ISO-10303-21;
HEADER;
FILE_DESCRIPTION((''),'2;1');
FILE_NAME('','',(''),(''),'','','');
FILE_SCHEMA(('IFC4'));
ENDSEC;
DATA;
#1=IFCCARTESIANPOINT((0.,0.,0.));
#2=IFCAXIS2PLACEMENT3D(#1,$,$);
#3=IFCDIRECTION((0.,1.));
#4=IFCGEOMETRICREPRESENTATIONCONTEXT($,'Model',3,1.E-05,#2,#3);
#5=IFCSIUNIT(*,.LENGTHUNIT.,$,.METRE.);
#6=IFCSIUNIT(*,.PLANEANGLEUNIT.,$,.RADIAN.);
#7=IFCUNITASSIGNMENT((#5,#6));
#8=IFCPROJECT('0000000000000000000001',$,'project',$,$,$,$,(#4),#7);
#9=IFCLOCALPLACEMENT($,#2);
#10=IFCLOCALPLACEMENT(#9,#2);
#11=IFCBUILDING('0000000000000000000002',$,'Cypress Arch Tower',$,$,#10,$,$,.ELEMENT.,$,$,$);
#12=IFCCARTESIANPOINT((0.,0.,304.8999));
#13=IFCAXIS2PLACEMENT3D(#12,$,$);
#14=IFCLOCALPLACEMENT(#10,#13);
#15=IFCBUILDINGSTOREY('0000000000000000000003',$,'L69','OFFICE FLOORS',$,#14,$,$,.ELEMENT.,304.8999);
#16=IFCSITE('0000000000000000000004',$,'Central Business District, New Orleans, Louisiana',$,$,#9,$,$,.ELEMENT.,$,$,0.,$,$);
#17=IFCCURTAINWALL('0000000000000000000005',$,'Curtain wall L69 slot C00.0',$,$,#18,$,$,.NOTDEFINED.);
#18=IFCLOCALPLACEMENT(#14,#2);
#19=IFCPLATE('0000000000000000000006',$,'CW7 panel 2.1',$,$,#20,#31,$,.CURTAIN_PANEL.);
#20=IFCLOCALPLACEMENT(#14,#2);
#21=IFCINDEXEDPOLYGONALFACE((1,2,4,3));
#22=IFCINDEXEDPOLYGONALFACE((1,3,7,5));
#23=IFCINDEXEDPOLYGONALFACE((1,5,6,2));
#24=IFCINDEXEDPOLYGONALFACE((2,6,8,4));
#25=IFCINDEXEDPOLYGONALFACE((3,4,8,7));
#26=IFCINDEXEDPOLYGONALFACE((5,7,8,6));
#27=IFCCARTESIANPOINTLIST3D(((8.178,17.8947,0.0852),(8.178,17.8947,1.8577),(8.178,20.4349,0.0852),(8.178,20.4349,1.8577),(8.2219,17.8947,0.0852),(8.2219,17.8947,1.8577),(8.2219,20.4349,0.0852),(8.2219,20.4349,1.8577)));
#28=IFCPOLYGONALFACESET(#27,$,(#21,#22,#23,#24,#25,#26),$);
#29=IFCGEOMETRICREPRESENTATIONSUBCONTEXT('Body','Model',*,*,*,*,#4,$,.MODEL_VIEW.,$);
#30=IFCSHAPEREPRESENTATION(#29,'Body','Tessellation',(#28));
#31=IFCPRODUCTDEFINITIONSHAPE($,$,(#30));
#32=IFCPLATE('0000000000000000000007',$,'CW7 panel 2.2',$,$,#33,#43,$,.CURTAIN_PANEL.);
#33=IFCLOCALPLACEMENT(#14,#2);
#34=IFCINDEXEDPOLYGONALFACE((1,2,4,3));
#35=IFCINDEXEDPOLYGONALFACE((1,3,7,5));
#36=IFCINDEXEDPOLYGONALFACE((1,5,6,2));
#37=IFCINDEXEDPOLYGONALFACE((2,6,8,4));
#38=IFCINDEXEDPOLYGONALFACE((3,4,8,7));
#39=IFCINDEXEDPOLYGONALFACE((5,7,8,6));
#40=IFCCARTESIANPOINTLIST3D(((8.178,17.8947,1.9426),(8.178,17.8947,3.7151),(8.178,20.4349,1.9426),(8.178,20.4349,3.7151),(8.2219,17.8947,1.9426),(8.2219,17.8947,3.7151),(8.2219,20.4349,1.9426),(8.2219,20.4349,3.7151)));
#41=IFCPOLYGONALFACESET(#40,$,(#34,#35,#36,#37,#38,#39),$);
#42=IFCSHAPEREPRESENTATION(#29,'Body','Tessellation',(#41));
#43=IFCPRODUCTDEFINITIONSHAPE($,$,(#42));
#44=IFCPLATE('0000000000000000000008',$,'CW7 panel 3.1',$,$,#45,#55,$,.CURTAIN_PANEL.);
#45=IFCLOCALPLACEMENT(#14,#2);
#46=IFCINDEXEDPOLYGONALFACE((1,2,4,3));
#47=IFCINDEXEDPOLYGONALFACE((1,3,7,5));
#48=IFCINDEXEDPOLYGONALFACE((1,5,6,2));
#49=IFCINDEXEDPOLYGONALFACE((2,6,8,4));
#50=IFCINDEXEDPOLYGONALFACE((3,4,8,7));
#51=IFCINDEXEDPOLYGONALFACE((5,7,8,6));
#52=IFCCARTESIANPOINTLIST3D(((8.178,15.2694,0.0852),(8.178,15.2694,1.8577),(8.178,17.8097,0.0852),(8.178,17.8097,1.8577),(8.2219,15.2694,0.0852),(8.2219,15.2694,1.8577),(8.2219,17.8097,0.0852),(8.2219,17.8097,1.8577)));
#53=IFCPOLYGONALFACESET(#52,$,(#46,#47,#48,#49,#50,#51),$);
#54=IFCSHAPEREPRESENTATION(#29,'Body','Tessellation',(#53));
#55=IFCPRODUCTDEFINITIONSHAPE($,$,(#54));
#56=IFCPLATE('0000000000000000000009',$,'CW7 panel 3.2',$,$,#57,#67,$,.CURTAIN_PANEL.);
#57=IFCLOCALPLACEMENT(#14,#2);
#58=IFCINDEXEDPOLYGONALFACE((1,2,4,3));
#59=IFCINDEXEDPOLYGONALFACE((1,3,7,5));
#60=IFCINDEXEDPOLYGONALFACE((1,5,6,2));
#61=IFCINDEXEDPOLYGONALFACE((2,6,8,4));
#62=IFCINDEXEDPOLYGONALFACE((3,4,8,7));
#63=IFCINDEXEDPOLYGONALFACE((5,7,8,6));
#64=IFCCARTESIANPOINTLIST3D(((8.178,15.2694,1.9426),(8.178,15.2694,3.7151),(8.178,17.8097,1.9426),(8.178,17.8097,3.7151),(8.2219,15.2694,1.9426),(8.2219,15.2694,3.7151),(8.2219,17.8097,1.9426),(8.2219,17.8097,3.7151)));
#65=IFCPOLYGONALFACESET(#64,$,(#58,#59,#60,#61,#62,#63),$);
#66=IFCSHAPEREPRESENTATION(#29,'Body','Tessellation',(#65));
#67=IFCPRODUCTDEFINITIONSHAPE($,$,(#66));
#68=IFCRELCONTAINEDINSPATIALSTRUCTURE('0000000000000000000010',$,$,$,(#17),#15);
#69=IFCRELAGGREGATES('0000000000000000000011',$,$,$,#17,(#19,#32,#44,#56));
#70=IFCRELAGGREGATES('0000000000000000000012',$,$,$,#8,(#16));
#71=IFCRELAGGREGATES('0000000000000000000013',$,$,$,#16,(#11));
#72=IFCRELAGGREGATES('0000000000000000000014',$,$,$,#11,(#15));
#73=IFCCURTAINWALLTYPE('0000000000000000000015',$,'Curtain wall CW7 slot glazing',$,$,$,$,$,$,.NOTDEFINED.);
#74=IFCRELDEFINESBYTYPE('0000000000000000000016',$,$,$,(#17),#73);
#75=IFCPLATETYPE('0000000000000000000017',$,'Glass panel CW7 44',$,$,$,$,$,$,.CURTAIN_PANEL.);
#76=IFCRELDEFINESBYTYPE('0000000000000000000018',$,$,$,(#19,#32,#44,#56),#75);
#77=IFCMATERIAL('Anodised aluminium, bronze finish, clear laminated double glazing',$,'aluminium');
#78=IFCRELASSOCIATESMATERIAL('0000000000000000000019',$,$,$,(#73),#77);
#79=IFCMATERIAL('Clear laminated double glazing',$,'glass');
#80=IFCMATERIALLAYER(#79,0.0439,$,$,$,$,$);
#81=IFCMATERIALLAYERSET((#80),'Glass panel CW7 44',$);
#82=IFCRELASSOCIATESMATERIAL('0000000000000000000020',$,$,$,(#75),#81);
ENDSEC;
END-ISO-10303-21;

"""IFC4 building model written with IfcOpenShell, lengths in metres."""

from ifc_helpers import new_model, si_unit, direction, frame, origin, origin_2d, place, context, subcontext, project, spatial, rectangle, extrude, material, layer, layer_set, type_object, element, aggregate, save


model = new_model("IFC4")

# Units and contexts
model_context = context("Model", 3, precision=1e-05, world=origin(), true_north=direction((0.0, 1.0)))
body_context = subcontext(model_context, "Body", "Model", "MODEL_VIEW")
ifc_project = project(units=[si_unit("LENGTHUNIT", "METRE"), si_unit("PLANEANGLEUNIT", "RADIAN")], contexts=[model_context])

# Site, building, storey
site_placement = place(None, origin())
site = spatial("IfcSite", under=ifc_project, at=site_placement, Name="Central Business District, New Orleans, Louisiana", CompositionType="ELEMENT", RefElevation=0.0)
building_placement = place(site_placement, origin())
building = spatial("IfcBuilding", under=site, at=building_placement, Name="Cypress Arch Tower", CompositionType="ELEMENT")
storey_placement = place(building_placement, frame((0.0, 0.0, 304.8999)))
storey = spatial("IfcBuildingStorey", under=building, at=storey_placement, Name="L69", Description="OFFICE FLOORS", CompositionType="ELEMENT", Elevation=304.8999)

# Curtain wall, plates
ifc_material_1 = material(Name="Anodised aluminium, bronze finish, clear laminated double glazing", Category="aluminium")
curtain_wall_type = type_object("IfcCurtainWallType", Name="Curtain wall CW7 slot glazing", PredefinedType="NOTDEFINED", material=ifc_material_1)
curtain_wall_placement = place(storey_placement, origin())
curtain_wall = element("IfcCurtainWall", 1, at=curtain_wall_placement, inside=storey, type_object=curtain_wall_type, Name="Curtain wall L69 slot C00.0", PredefinedType="NOTDEFINED")
ifc_material_2 = material(Name="Clear laminated double glazing", Category="glass")
ifc_layer = layer(ifc_material_2, 0.0439)
ifc_layer_set = layer_set([ifc_layer], Name="Glass panel CW7 44")
plate_type = type_object("IfcPlateType", Name="Glass panel CW7 44", PredefinedType="CURTAIN_PANEL", material=ifc_layer_set)
plate_1_placement = place(storey_placement, frame((8.2, 19.1648, 0.0852), z_axis=(0.0, 0.0, 1.0), x_axis=(0.0, -1.0, 0.0)))
plate_1 = element("IfcPlate", 2, at=plate_1_placement, type_object=plate_type, Name="CW7 panel 2.1", PredefinedType="CURTAIN_PANEL", context=body_context, shape_type="SweptSolid", body=[
    extrude(rectangle(XDim=2.5403, YDim=0.0439, at=origin_2d()), origin(), (0.0, 0.0, 1.0), 1.7725),
])
plate_2_placement = place(storey_placement, frame((8.2, 19.1648, 1.9426), z_axis=(0.0, 0.0, 1.0), x_axis=(0.0, -1.0, 0.0)))
plate_2 = element("IfcPlate", 3, at=plate_2_placement, type_object=plate_type, Name="CW7 panel 2.2", PredefinedType="CURTAIN_PANEL", context=body_context, shape_type="SweptSolid", body=[
    extrude(rectangle(XDim=2.5403, YDim=0.0439, at=origin_2d()), origin(), (0.0, 0.0, 1.0), 1.7725),
])
plate_3_placement = place(storey_placement, frame((8.2, 16.5396, 0.0852), z_axis=(0.0, 0.0, 1.0), x_axis=(0.0, -1.0, 0.0)))
plate_3 = element("IfcPlate", 4, at=plate_3_placement, type_object=plate_type, Name="CW7 panel 3.1", PredefinedType="CURTAIN_PANEL", context=body_context, shape_type="SweptSolid", body=[
    extrude(rectangle(XDim=2.5403, YDim=0.0439, at=origin_2d()), origin(), (0.0, 0.0, 1.0), 1.7725),
])
plate_4_placement = place(storey_placement, frame((8.2, 16.5396, 1.9426), z_axis=(0.0, 0.0, 1.0), x_axis=(0.0, -1.0, 0.0)))
plate_4 = element("IfcPlate", 5, at=plate_4_placement, type_object=plate_type, Name="CW7 panel 3.2", PredefinedType="CURTAIN_PANEL", context=body_context, shape_type="SweptSolid", body=[
    extrude(rectangle(XDim=2.5403, YDim=0.0439, at=origin_2d()), origin(), (0.0, 0.0, 1.0), 1.7725),
])
aggregate(curtain_wall, [plate_1, plate_2, plate_3, plate_4])

save(model, "model.ifc")
